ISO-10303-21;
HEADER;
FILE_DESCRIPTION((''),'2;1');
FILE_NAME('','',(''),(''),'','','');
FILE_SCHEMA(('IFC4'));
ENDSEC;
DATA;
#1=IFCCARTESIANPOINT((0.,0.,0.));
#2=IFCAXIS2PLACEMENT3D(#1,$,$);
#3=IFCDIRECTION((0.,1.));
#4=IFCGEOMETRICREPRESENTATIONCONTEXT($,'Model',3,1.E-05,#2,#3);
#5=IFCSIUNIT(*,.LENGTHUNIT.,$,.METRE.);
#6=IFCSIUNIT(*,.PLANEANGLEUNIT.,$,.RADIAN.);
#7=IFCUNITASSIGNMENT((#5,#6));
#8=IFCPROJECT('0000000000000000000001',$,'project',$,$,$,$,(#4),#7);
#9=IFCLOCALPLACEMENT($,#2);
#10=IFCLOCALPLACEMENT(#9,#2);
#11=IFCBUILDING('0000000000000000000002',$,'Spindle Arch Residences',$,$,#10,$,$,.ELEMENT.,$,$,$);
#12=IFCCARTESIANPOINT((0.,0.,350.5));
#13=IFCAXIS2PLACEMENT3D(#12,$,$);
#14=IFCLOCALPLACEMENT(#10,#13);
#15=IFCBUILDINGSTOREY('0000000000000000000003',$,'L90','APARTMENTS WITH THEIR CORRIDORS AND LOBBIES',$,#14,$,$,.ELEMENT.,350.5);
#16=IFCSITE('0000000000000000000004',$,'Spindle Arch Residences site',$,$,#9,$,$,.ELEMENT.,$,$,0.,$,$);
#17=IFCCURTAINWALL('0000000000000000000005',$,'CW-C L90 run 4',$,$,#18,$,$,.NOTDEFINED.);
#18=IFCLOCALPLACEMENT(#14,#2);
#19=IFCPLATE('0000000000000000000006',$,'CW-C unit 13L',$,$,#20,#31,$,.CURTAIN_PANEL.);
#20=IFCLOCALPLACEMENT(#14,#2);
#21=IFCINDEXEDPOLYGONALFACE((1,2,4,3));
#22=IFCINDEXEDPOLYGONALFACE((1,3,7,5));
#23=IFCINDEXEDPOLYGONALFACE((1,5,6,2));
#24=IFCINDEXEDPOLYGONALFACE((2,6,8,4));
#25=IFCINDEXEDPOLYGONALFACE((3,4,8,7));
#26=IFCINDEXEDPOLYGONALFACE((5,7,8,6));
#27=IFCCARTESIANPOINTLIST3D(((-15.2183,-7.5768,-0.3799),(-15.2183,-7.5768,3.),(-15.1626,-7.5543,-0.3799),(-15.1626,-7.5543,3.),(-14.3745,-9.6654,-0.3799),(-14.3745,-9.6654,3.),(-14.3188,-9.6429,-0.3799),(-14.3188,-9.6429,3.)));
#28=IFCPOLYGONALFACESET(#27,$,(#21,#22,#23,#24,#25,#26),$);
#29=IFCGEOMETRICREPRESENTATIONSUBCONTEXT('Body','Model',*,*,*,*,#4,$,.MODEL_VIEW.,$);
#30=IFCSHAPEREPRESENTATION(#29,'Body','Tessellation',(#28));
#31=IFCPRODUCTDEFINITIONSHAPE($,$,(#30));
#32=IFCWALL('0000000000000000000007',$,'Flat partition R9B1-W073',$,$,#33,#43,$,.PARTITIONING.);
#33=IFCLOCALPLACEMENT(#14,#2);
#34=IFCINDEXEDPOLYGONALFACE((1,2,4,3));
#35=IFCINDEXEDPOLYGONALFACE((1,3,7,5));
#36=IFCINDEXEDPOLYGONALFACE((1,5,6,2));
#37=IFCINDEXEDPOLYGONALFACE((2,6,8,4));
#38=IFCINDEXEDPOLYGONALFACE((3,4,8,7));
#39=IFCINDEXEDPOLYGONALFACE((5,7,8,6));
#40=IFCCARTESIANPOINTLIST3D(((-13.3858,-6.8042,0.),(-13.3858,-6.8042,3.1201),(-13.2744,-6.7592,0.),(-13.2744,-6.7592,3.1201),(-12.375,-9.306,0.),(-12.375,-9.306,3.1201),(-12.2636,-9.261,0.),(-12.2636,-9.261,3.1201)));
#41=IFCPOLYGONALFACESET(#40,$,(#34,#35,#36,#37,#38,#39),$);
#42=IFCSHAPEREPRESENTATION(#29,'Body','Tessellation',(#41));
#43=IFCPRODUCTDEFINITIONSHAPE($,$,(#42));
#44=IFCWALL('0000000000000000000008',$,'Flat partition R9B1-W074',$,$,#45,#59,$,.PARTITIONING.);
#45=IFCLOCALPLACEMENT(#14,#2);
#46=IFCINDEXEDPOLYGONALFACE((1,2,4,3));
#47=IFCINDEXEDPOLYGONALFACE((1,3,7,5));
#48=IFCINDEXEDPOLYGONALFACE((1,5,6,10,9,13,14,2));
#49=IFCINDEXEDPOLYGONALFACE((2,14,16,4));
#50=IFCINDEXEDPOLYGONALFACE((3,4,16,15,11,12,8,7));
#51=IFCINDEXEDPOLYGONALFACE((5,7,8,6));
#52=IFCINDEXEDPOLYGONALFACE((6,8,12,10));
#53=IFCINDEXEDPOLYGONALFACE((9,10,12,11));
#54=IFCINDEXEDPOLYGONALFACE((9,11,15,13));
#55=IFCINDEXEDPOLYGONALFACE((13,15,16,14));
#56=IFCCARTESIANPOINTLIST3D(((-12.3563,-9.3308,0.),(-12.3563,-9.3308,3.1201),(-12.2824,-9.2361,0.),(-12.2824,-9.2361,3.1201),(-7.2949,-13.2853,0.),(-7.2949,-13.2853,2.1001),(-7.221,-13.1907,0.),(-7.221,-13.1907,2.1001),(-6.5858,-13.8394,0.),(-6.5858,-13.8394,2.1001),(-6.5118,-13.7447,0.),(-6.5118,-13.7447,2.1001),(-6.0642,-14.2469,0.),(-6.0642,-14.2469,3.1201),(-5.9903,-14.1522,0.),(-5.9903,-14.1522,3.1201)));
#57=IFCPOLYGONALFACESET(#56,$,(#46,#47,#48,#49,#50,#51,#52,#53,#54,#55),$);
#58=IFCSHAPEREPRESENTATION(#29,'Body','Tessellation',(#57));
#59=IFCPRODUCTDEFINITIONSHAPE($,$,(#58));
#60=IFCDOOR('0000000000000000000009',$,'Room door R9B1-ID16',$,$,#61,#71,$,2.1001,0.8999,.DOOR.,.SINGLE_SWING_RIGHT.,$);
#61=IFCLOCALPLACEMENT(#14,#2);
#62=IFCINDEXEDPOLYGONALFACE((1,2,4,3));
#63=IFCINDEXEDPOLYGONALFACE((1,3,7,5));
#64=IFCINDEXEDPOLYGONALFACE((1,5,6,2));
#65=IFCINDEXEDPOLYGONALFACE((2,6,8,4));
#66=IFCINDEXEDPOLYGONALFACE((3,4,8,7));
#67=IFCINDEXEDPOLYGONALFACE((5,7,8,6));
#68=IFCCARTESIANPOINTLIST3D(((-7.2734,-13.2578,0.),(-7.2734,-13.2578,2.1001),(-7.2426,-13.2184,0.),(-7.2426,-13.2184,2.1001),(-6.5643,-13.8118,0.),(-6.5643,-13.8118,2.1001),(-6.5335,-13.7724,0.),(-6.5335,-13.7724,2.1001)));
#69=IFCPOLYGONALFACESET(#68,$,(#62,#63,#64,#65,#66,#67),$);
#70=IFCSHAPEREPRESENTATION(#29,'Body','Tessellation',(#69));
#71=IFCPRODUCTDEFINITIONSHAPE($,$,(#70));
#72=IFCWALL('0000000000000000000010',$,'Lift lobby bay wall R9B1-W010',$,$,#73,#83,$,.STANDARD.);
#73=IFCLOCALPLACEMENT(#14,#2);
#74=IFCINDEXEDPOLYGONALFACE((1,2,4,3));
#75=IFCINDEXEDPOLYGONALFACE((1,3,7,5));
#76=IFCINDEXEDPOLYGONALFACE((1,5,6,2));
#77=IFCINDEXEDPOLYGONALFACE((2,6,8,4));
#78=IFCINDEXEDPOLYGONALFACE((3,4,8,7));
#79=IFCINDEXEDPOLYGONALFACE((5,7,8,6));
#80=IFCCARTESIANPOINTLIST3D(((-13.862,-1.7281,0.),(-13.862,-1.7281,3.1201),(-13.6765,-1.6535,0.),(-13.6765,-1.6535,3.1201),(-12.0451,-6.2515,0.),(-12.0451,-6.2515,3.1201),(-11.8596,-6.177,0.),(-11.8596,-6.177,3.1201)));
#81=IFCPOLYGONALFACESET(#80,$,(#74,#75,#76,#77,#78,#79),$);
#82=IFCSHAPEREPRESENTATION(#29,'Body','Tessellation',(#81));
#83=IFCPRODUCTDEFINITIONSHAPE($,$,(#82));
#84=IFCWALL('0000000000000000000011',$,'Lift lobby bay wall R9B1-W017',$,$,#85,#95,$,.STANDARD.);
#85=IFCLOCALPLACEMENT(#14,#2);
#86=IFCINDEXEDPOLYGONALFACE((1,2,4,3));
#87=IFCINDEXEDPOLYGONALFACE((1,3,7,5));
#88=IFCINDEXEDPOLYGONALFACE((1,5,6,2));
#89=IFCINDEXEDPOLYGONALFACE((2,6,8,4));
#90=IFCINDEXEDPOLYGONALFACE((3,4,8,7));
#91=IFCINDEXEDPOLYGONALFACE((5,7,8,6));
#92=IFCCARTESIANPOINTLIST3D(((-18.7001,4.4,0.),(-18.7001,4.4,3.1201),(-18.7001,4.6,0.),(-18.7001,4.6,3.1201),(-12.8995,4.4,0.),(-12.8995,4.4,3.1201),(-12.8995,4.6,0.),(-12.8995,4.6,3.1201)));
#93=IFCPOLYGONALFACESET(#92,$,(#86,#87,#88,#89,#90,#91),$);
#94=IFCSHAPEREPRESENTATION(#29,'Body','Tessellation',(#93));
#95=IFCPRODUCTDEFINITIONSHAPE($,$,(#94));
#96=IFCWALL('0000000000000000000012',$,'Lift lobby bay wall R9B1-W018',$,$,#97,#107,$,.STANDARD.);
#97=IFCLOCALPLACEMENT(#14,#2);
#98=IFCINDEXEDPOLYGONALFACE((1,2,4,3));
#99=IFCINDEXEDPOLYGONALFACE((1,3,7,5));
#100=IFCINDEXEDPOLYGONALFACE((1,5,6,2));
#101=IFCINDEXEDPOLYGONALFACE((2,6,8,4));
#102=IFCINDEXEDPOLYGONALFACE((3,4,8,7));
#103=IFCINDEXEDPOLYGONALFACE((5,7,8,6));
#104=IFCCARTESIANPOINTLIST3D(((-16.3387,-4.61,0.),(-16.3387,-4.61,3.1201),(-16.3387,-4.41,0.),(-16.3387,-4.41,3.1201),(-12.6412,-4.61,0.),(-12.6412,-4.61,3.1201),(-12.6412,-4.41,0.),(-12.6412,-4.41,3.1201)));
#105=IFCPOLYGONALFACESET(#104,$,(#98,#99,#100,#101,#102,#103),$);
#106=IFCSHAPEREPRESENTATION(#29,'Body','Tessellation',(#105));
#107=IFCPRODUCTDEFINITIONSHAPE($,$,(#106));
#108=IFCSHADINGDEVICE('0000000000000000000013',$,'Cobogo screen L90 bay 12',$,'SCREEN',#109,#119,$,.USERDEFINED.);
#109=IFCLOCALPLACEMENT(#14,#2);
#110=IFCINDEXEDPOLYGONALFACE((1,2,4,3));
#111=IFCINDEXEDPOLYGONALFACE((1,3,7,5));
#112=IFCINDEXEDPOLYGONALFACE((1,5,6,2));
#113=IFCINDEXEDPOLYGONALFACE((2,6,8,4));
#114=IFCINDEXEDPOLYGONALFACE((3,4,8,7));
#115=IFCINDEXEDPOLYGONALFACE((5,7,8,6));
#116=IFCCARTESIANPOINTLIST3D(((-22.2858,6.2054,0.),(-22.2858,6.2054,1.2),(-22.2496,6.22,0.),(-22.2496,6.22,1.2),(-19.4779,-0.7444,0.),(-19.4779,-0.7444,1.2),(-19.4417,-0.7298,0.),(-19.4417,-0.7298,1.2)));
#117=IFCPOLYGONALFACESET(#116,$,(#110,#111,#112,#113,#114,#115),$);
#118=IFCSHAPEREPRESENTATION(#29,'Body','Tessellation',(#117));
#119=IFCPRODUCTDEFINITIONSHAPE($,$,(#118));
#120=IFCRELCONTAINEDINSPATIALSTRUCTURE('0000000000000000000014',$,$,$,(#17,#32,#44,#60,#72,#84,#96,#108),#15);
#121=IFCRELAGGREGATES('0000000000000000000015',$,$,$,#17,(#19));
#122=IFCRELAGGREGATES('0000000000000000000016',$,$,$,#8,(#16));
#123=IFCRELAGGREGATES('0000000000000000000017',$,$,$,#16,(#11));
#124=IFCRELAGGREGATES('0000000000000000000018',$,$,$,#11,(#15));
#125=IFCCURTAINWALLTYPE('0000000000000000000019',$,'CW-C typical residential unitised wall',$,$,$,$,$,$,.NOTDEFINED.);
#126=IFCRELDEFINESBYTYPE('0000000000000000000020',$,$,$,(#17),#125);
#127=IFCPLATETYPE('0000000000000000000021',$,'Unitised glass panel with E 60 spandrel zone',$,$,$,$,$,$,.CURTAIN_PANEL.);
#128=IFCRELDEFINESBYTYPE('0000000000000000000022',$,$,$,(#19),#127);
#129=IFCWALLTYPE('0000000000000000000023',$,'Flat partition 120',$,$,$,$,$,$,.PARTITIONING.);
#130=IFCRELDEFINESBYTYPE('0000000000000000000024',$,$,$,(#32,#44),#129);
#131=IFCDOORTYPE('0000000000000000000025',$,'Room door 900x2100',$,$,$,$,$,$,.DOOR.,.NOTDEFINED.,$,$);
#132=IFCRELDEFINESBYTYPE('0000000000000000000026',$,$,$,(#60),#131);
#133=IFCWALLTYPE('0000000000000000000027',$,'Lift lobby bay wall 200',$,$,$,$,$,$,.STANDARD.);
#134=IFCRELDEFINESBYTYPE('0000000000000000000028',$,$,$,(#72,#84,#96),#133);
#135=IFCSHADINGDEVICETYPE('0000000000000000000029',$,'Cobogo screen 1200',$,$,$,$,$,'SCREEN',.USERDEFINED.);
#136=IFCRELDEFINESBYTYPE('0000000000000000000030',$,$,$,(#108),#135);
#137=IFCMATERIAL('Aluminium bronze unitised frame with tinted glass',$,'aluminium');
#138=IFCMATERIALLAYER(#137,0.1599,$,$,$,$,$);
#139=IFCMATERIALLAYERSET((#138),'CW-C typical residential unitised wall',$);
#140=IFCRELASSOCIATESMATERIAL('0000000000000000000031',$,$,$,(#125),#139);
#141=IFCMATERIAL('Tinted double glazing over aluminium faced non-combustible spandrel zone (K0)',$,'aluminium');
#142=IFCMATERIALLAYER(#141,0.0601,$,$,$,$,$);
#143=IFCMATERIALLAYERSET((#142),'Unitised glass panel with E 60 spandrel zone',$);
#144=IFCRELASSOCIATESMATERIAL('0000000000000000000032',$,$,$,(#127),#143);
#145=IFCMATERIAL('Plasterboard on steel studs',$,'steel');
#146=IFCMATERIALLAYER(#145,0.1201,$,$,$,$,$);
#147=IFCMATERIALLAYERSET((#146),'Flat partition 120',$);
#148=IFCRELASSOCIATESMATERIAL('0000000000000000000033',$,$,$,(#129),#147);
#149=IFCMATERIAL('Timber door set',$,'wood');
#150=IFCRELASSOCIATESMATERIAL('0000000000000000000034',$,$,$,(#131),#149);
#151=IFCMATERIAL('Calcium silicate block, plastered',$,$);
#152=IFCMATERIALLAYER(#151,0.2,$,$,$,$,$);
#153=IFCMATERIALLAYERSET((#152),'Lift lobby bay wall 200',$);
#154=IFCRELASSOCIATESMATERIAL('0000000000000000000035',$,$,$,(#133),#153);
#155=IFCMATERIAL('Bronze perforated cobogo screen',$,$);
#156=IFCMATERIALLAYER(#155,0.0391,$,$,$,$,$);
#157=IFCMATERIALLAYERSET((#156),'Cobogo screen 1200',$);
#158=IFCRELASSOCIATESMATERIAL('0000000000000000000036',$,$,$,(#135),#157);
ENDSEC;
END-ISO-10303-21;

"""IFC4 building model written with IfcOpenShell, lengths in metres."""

from ifc_helpers import new_model, si_unit, direction, frame, frame_2d, origin, origin_2d, place, context, subcontext, project, spatial, rectangle, extrude, material, layer, layer_set, type_object, element, fill, aggregate, save


model = new_model("IFC4")

# Units and contexts
model_context = context("Model", 3, precision=1e-05, world=origin(), true_north=direction((0.0, 1.0)))
body_context = subcontext(model_context, "Body", "Model", "MODEL_VIEW")
ifc_project = project(units=[si_unit("LENGTHUNIT", "METRE"), si_unit("PLANEANGLEUNIT", "RADIAN")], contexts=[model_context])

# Site, building, storey
site_placement = place(None, origin())
site = spatial("IfcSite", under=ifc_project, at=site_placement, Name="Spindle Arch Residences site", CompositionType="ELEMENT", RefElevation=0.0)
building_placement = place(site_placement, origin())
building = spatial("IfcBuilding", under=site, at=building_placement, Name="Spindle Arch Residences", CompositionType="ELEMENT")
storey_placement = place(building_placement, frame((0.0, 0.0, 350.5)))
storey = spatial("IfcBuildingStorey", under=building, at=storey_placement, Name="L90", Description="APARTMENTS WITH THEIR CORRIDORS AND LOBBIES", CompositionType="ELEMENT", Elevation=350.5)

# Curtain wall
ifc_material_1 = material(Name="Aluminium bronze unitised frame with tinted glass", Category="aluminium")
ifc_layer_1 = layer(ifc_material_1, 0.1599)
ifc_layer_set_1 = layer_set([ifc_layer_1], Name="CW-C typical residential unitised wall")
curtain_wall_type = type_object("IfcCurtainWallType", Name="CW-C typical residential unitised wall", PredefinedType="NOTDEFINED", material=ifc_layer_set_1)
curtain_wall_placement = place(storey_placement, origin())
curtain_wall = element("IfcCurtainWall", 1, at=curtain_wall_placement, inside=storey, type_object=curtain_wall_type, Name="CW-C L90 run 4", PredefinedType="NOTDEFINED")

# Plate
ifc_material_2 = material(Name="Tinted double glazing over aluminium faced non-combustible spandrel zone (K0)", Category="aluminium")
ifc_layer_2 = layer(ifc_material_2, 0.0601)
ifc_layer_set_2 = layer_set([ifc_layer_2], Name="Unitised glass panel with E 60 spandrel zone")
plate_type = type_object("IfcPlateType", Name="Unitised glass panel with E 60 spandrel zone", PredefinedType="CURTAIN_PANEL", material=ifc_layer_set_2)
plate_1_placement = place(storey_placement, frame((-14.7686, -8.6099, -0.3799), z_axis=(0.0, 0.0, 1.0), x_axis=(0.374607, -0.927184, 0.0)))
plate_1 = element("IfcPlate", 2, at=plate_1_placement, type_object=plate_type, Name="CW-C unit 13L", PredefinedType="CURTAIN_PANEL", context=body_context, shape_type="SweptSolid", body=[
    extrude(rectangle(XDim=2.2527, YDim=0.0601, at=origin_2d()), origin(), (0.0, 0.0, 1.0), 3.3799),
])
aggregate(curtain_wall, [plate_1])

# Wall
ifc_material_3 = material(Name="Plasterboard on steel studs", Category="steel")
ifc_layer_3 = layer(ifc_material_3, 0.1201)
ifc_layer_set_3 = layer_set([ifc_layer_3], Name="Flat partition 120")
wall_type_1 = type_object("IfcWallType", Name="Flat partition 120", PredefinedType="PARTITIONING", material=ifc_layer_set_3)
wall_1_placement = place(storey_placement, frame((-13.3301, -6.7817, 0.0), z_axis=(0.0, 0.0, 1.0), x_axis=(0.374602, -0.927186, 0.0)))
element("IfcWall", 3, at=wall_1_placement, inside=storey, type_object=wall_type_1, Name="Flat partition R9B1-W073", PredefinedType="PARTITIONING", context=body_context, shape_type="SweptSolid", body=[
    extrude(rectangle(XDim=2.6982, YDim=0.1201, at=frame_2d((1.3491, 0.0))), origin(), (0.0, 0.0, 1.0), 3.1201),
])

# Wall, opening, door
wall_2_placement = place(storey_placement, frame((-12.3193, -9.2834, 0.0), z_axis=(0.0, 0.0, 1.0), x_axis=(0.788, -0.615675, 0.0)))
wall_2 = element("IfcWall", 4, at=wall_2_placement, inside=storey, type_object=wall_type_1, Name="Flat partition R9B1-W074", PredefinedType="PARTITIONING", context=body_context, shape_type="SweptSolid", body=[
    extrude(rectangle(XDim=7.9849, YDim=0.1201, at=frame_2d((3.9924, 0.0))), origin(), (0.0, 0.0, 1.0), 3.1201),
])
opening_1_placement = place(wall_2_placement, frame((6.4231, 0.0, 0.0)))
opening_1 = element("IfcOpeningElement", 5, at=opening_1_placement, cuts=wall_2, PredefinedType="OPENING", context=body_context, shape_type="SweptSolid", body=[
    extrude(rectangle(XDim=0.8999, YDim=2.1001, at=frame_2d((0.45, 1.05))), frame((0.0, 0.0701, 0.0), z_axis=(0.0, -1.0, 0.0), x_axis=(1.0, 0.0, 0.0)), (0.0, 0.0, 1.0), 0.1401),
])
ifc_material_4 = material(Name="Timber door set", Category="wood")
door_type_1 = type_object("IfcDoorType", Name="Room door 900x2100", OperationType="NOTDEFINED", PredefinedType="DOOR", material=ifc_material_4)
door_1_placement = place(opening_1_placement, origin())
door_1 = element("IfcDoor", 6, at=door_1_placement, inside=storey, type_object=door_type_1, Name="Room door R9B1-ID16", OperationType="SINGLE_SWING_RIGHT", OverallHeight=2.1001, OverallWidth=0.8999, PredefinedType="DOOR", context=body_context, shape_type="SweptSolid", body=[
    extrude(rectangle(XDim=0.8999, YDim=2.1001, at=frame_2d((0.45, 1.05))), frame((0.0, 0.0249, 0.0), z_axis=(0.0, -1.0, 0.0), x_axis=(1.0, 0.0, 0.0)), (0.0, 0.0, 1.0), 0.05),
])
fill(opening_1, door_1)

# Walls
ifc_material_5 = material(Name="Calcium silicate block, plastered")
ifc_layer_4 = layer(ifc_material_5, 0.2)
ifc_layer_set_4 = layer_set([ifc_layer_4], Name="Lift lobby bay wall 200")
wall_type_2 = type_object("IfcWallType", Name="Lift lobby bay wall 200", PredefinedType="STANDARD", material=ifc_layer_set_4)
wall_3_placement = place(storey_placement, frame((-13.7693, -1.6907, 0.0), z_axis=(0.0, 0.0, 1.0), x_axis=(0.37272, -0.927944, 0.0)))
element("IfcWall", 7, at=wall_3_placement, inside=storey, type_object=wall_type_2, Name="Lift lobby bay wall R9B1-W010", PredefinedType="STANDARD", context=body_context, shape_type="SweptSolid", body=[
    extrude(rectangle(XDim=4.8748, YDim=0.2, at=frame_2d((2.4375, 0.0))), origin(), (0.0, 0.0, 1.0), 3.1201),
])
wall_4_placement = place(storey_placement, frame((-12.8994, 4.5, 0.0), z_axis=(0.0, 0.0, 1.0), x_axis=(-1.0, 0.0, 0.0)))
element("IfcWall", 8, at=wall_4_placement, inside=storey, type_object=wall_type_2, Name="Lift lobby bay wall R9B1-W017", PredefinedType="STANDARD", context=body_context, shape_type="SweptSolid", body=[
    extrude(rectangle(XDim=5.8005, YDim=0.2, at=frame_2d((2.9004, 0.0))), origin(), (0.0, 0.0, 1.0), 3.1201),
])
wall_5_placement = place(storey_placement, frame((-16.3386, -4.51, 0.0), z_axis=(0.0, 0.0, 1.0), x_axis=(1.0, 0.0, 0.0)))
element("IfcWall", 9, at=wall_5_placement, inside=storey, type_object=wall_type_2, Name="Lift lobby bay wall R9B1-W018", PredefinedType="STANDARD", context=body_context, shape_type="SweptSolid", body=[
    extrude(rectangle(XDim=3.6975, YDim=0.2, at=frame_2d((1.8486, 0.0))), origin(), (0.0, 0.0, 1.0), 3.1201),
])

# Shading device
ifc_material_6 = material(Name="Bronze perforated cobogo screen")
ifc_layer_5 = layer(ifc_material_6, 0.0391)
ifc_layer_set_5 = layer_set([ifc_layer_5], Name="Cobogo screen 1200")
shading_device_type = type_object("IfcShadingDeviceType", Name="Cobogo screen 1200", ElementType="SCREEN", PredefinedType="USERDEFINED", material=ifc_layer_set_5)
shading_device_placement = place(storey_placement, frame((-20.8638, 2.7378, 0.0), z_axis=(0.0, 0.0, 1.0), x_axis=(0.374607, -0.927184, 0.0)))
element("IfcShadingDevice", 10, at=shading_device_placement, inside=storey, type_object=shading_device_type, Name="Cobogo screen L90 bay 12", ObjectType="SCREEN", PredefinedType="USERDEFINED", context=body_context, shape_type="SweptSolid", body=[
    extrude(rectangle(XDim=7.4956, YDim=0.0391, at=origin_2d()), origin(), (0.0, 0.0, 1.0), 1.2),
])

save(model, "model.ifc")
